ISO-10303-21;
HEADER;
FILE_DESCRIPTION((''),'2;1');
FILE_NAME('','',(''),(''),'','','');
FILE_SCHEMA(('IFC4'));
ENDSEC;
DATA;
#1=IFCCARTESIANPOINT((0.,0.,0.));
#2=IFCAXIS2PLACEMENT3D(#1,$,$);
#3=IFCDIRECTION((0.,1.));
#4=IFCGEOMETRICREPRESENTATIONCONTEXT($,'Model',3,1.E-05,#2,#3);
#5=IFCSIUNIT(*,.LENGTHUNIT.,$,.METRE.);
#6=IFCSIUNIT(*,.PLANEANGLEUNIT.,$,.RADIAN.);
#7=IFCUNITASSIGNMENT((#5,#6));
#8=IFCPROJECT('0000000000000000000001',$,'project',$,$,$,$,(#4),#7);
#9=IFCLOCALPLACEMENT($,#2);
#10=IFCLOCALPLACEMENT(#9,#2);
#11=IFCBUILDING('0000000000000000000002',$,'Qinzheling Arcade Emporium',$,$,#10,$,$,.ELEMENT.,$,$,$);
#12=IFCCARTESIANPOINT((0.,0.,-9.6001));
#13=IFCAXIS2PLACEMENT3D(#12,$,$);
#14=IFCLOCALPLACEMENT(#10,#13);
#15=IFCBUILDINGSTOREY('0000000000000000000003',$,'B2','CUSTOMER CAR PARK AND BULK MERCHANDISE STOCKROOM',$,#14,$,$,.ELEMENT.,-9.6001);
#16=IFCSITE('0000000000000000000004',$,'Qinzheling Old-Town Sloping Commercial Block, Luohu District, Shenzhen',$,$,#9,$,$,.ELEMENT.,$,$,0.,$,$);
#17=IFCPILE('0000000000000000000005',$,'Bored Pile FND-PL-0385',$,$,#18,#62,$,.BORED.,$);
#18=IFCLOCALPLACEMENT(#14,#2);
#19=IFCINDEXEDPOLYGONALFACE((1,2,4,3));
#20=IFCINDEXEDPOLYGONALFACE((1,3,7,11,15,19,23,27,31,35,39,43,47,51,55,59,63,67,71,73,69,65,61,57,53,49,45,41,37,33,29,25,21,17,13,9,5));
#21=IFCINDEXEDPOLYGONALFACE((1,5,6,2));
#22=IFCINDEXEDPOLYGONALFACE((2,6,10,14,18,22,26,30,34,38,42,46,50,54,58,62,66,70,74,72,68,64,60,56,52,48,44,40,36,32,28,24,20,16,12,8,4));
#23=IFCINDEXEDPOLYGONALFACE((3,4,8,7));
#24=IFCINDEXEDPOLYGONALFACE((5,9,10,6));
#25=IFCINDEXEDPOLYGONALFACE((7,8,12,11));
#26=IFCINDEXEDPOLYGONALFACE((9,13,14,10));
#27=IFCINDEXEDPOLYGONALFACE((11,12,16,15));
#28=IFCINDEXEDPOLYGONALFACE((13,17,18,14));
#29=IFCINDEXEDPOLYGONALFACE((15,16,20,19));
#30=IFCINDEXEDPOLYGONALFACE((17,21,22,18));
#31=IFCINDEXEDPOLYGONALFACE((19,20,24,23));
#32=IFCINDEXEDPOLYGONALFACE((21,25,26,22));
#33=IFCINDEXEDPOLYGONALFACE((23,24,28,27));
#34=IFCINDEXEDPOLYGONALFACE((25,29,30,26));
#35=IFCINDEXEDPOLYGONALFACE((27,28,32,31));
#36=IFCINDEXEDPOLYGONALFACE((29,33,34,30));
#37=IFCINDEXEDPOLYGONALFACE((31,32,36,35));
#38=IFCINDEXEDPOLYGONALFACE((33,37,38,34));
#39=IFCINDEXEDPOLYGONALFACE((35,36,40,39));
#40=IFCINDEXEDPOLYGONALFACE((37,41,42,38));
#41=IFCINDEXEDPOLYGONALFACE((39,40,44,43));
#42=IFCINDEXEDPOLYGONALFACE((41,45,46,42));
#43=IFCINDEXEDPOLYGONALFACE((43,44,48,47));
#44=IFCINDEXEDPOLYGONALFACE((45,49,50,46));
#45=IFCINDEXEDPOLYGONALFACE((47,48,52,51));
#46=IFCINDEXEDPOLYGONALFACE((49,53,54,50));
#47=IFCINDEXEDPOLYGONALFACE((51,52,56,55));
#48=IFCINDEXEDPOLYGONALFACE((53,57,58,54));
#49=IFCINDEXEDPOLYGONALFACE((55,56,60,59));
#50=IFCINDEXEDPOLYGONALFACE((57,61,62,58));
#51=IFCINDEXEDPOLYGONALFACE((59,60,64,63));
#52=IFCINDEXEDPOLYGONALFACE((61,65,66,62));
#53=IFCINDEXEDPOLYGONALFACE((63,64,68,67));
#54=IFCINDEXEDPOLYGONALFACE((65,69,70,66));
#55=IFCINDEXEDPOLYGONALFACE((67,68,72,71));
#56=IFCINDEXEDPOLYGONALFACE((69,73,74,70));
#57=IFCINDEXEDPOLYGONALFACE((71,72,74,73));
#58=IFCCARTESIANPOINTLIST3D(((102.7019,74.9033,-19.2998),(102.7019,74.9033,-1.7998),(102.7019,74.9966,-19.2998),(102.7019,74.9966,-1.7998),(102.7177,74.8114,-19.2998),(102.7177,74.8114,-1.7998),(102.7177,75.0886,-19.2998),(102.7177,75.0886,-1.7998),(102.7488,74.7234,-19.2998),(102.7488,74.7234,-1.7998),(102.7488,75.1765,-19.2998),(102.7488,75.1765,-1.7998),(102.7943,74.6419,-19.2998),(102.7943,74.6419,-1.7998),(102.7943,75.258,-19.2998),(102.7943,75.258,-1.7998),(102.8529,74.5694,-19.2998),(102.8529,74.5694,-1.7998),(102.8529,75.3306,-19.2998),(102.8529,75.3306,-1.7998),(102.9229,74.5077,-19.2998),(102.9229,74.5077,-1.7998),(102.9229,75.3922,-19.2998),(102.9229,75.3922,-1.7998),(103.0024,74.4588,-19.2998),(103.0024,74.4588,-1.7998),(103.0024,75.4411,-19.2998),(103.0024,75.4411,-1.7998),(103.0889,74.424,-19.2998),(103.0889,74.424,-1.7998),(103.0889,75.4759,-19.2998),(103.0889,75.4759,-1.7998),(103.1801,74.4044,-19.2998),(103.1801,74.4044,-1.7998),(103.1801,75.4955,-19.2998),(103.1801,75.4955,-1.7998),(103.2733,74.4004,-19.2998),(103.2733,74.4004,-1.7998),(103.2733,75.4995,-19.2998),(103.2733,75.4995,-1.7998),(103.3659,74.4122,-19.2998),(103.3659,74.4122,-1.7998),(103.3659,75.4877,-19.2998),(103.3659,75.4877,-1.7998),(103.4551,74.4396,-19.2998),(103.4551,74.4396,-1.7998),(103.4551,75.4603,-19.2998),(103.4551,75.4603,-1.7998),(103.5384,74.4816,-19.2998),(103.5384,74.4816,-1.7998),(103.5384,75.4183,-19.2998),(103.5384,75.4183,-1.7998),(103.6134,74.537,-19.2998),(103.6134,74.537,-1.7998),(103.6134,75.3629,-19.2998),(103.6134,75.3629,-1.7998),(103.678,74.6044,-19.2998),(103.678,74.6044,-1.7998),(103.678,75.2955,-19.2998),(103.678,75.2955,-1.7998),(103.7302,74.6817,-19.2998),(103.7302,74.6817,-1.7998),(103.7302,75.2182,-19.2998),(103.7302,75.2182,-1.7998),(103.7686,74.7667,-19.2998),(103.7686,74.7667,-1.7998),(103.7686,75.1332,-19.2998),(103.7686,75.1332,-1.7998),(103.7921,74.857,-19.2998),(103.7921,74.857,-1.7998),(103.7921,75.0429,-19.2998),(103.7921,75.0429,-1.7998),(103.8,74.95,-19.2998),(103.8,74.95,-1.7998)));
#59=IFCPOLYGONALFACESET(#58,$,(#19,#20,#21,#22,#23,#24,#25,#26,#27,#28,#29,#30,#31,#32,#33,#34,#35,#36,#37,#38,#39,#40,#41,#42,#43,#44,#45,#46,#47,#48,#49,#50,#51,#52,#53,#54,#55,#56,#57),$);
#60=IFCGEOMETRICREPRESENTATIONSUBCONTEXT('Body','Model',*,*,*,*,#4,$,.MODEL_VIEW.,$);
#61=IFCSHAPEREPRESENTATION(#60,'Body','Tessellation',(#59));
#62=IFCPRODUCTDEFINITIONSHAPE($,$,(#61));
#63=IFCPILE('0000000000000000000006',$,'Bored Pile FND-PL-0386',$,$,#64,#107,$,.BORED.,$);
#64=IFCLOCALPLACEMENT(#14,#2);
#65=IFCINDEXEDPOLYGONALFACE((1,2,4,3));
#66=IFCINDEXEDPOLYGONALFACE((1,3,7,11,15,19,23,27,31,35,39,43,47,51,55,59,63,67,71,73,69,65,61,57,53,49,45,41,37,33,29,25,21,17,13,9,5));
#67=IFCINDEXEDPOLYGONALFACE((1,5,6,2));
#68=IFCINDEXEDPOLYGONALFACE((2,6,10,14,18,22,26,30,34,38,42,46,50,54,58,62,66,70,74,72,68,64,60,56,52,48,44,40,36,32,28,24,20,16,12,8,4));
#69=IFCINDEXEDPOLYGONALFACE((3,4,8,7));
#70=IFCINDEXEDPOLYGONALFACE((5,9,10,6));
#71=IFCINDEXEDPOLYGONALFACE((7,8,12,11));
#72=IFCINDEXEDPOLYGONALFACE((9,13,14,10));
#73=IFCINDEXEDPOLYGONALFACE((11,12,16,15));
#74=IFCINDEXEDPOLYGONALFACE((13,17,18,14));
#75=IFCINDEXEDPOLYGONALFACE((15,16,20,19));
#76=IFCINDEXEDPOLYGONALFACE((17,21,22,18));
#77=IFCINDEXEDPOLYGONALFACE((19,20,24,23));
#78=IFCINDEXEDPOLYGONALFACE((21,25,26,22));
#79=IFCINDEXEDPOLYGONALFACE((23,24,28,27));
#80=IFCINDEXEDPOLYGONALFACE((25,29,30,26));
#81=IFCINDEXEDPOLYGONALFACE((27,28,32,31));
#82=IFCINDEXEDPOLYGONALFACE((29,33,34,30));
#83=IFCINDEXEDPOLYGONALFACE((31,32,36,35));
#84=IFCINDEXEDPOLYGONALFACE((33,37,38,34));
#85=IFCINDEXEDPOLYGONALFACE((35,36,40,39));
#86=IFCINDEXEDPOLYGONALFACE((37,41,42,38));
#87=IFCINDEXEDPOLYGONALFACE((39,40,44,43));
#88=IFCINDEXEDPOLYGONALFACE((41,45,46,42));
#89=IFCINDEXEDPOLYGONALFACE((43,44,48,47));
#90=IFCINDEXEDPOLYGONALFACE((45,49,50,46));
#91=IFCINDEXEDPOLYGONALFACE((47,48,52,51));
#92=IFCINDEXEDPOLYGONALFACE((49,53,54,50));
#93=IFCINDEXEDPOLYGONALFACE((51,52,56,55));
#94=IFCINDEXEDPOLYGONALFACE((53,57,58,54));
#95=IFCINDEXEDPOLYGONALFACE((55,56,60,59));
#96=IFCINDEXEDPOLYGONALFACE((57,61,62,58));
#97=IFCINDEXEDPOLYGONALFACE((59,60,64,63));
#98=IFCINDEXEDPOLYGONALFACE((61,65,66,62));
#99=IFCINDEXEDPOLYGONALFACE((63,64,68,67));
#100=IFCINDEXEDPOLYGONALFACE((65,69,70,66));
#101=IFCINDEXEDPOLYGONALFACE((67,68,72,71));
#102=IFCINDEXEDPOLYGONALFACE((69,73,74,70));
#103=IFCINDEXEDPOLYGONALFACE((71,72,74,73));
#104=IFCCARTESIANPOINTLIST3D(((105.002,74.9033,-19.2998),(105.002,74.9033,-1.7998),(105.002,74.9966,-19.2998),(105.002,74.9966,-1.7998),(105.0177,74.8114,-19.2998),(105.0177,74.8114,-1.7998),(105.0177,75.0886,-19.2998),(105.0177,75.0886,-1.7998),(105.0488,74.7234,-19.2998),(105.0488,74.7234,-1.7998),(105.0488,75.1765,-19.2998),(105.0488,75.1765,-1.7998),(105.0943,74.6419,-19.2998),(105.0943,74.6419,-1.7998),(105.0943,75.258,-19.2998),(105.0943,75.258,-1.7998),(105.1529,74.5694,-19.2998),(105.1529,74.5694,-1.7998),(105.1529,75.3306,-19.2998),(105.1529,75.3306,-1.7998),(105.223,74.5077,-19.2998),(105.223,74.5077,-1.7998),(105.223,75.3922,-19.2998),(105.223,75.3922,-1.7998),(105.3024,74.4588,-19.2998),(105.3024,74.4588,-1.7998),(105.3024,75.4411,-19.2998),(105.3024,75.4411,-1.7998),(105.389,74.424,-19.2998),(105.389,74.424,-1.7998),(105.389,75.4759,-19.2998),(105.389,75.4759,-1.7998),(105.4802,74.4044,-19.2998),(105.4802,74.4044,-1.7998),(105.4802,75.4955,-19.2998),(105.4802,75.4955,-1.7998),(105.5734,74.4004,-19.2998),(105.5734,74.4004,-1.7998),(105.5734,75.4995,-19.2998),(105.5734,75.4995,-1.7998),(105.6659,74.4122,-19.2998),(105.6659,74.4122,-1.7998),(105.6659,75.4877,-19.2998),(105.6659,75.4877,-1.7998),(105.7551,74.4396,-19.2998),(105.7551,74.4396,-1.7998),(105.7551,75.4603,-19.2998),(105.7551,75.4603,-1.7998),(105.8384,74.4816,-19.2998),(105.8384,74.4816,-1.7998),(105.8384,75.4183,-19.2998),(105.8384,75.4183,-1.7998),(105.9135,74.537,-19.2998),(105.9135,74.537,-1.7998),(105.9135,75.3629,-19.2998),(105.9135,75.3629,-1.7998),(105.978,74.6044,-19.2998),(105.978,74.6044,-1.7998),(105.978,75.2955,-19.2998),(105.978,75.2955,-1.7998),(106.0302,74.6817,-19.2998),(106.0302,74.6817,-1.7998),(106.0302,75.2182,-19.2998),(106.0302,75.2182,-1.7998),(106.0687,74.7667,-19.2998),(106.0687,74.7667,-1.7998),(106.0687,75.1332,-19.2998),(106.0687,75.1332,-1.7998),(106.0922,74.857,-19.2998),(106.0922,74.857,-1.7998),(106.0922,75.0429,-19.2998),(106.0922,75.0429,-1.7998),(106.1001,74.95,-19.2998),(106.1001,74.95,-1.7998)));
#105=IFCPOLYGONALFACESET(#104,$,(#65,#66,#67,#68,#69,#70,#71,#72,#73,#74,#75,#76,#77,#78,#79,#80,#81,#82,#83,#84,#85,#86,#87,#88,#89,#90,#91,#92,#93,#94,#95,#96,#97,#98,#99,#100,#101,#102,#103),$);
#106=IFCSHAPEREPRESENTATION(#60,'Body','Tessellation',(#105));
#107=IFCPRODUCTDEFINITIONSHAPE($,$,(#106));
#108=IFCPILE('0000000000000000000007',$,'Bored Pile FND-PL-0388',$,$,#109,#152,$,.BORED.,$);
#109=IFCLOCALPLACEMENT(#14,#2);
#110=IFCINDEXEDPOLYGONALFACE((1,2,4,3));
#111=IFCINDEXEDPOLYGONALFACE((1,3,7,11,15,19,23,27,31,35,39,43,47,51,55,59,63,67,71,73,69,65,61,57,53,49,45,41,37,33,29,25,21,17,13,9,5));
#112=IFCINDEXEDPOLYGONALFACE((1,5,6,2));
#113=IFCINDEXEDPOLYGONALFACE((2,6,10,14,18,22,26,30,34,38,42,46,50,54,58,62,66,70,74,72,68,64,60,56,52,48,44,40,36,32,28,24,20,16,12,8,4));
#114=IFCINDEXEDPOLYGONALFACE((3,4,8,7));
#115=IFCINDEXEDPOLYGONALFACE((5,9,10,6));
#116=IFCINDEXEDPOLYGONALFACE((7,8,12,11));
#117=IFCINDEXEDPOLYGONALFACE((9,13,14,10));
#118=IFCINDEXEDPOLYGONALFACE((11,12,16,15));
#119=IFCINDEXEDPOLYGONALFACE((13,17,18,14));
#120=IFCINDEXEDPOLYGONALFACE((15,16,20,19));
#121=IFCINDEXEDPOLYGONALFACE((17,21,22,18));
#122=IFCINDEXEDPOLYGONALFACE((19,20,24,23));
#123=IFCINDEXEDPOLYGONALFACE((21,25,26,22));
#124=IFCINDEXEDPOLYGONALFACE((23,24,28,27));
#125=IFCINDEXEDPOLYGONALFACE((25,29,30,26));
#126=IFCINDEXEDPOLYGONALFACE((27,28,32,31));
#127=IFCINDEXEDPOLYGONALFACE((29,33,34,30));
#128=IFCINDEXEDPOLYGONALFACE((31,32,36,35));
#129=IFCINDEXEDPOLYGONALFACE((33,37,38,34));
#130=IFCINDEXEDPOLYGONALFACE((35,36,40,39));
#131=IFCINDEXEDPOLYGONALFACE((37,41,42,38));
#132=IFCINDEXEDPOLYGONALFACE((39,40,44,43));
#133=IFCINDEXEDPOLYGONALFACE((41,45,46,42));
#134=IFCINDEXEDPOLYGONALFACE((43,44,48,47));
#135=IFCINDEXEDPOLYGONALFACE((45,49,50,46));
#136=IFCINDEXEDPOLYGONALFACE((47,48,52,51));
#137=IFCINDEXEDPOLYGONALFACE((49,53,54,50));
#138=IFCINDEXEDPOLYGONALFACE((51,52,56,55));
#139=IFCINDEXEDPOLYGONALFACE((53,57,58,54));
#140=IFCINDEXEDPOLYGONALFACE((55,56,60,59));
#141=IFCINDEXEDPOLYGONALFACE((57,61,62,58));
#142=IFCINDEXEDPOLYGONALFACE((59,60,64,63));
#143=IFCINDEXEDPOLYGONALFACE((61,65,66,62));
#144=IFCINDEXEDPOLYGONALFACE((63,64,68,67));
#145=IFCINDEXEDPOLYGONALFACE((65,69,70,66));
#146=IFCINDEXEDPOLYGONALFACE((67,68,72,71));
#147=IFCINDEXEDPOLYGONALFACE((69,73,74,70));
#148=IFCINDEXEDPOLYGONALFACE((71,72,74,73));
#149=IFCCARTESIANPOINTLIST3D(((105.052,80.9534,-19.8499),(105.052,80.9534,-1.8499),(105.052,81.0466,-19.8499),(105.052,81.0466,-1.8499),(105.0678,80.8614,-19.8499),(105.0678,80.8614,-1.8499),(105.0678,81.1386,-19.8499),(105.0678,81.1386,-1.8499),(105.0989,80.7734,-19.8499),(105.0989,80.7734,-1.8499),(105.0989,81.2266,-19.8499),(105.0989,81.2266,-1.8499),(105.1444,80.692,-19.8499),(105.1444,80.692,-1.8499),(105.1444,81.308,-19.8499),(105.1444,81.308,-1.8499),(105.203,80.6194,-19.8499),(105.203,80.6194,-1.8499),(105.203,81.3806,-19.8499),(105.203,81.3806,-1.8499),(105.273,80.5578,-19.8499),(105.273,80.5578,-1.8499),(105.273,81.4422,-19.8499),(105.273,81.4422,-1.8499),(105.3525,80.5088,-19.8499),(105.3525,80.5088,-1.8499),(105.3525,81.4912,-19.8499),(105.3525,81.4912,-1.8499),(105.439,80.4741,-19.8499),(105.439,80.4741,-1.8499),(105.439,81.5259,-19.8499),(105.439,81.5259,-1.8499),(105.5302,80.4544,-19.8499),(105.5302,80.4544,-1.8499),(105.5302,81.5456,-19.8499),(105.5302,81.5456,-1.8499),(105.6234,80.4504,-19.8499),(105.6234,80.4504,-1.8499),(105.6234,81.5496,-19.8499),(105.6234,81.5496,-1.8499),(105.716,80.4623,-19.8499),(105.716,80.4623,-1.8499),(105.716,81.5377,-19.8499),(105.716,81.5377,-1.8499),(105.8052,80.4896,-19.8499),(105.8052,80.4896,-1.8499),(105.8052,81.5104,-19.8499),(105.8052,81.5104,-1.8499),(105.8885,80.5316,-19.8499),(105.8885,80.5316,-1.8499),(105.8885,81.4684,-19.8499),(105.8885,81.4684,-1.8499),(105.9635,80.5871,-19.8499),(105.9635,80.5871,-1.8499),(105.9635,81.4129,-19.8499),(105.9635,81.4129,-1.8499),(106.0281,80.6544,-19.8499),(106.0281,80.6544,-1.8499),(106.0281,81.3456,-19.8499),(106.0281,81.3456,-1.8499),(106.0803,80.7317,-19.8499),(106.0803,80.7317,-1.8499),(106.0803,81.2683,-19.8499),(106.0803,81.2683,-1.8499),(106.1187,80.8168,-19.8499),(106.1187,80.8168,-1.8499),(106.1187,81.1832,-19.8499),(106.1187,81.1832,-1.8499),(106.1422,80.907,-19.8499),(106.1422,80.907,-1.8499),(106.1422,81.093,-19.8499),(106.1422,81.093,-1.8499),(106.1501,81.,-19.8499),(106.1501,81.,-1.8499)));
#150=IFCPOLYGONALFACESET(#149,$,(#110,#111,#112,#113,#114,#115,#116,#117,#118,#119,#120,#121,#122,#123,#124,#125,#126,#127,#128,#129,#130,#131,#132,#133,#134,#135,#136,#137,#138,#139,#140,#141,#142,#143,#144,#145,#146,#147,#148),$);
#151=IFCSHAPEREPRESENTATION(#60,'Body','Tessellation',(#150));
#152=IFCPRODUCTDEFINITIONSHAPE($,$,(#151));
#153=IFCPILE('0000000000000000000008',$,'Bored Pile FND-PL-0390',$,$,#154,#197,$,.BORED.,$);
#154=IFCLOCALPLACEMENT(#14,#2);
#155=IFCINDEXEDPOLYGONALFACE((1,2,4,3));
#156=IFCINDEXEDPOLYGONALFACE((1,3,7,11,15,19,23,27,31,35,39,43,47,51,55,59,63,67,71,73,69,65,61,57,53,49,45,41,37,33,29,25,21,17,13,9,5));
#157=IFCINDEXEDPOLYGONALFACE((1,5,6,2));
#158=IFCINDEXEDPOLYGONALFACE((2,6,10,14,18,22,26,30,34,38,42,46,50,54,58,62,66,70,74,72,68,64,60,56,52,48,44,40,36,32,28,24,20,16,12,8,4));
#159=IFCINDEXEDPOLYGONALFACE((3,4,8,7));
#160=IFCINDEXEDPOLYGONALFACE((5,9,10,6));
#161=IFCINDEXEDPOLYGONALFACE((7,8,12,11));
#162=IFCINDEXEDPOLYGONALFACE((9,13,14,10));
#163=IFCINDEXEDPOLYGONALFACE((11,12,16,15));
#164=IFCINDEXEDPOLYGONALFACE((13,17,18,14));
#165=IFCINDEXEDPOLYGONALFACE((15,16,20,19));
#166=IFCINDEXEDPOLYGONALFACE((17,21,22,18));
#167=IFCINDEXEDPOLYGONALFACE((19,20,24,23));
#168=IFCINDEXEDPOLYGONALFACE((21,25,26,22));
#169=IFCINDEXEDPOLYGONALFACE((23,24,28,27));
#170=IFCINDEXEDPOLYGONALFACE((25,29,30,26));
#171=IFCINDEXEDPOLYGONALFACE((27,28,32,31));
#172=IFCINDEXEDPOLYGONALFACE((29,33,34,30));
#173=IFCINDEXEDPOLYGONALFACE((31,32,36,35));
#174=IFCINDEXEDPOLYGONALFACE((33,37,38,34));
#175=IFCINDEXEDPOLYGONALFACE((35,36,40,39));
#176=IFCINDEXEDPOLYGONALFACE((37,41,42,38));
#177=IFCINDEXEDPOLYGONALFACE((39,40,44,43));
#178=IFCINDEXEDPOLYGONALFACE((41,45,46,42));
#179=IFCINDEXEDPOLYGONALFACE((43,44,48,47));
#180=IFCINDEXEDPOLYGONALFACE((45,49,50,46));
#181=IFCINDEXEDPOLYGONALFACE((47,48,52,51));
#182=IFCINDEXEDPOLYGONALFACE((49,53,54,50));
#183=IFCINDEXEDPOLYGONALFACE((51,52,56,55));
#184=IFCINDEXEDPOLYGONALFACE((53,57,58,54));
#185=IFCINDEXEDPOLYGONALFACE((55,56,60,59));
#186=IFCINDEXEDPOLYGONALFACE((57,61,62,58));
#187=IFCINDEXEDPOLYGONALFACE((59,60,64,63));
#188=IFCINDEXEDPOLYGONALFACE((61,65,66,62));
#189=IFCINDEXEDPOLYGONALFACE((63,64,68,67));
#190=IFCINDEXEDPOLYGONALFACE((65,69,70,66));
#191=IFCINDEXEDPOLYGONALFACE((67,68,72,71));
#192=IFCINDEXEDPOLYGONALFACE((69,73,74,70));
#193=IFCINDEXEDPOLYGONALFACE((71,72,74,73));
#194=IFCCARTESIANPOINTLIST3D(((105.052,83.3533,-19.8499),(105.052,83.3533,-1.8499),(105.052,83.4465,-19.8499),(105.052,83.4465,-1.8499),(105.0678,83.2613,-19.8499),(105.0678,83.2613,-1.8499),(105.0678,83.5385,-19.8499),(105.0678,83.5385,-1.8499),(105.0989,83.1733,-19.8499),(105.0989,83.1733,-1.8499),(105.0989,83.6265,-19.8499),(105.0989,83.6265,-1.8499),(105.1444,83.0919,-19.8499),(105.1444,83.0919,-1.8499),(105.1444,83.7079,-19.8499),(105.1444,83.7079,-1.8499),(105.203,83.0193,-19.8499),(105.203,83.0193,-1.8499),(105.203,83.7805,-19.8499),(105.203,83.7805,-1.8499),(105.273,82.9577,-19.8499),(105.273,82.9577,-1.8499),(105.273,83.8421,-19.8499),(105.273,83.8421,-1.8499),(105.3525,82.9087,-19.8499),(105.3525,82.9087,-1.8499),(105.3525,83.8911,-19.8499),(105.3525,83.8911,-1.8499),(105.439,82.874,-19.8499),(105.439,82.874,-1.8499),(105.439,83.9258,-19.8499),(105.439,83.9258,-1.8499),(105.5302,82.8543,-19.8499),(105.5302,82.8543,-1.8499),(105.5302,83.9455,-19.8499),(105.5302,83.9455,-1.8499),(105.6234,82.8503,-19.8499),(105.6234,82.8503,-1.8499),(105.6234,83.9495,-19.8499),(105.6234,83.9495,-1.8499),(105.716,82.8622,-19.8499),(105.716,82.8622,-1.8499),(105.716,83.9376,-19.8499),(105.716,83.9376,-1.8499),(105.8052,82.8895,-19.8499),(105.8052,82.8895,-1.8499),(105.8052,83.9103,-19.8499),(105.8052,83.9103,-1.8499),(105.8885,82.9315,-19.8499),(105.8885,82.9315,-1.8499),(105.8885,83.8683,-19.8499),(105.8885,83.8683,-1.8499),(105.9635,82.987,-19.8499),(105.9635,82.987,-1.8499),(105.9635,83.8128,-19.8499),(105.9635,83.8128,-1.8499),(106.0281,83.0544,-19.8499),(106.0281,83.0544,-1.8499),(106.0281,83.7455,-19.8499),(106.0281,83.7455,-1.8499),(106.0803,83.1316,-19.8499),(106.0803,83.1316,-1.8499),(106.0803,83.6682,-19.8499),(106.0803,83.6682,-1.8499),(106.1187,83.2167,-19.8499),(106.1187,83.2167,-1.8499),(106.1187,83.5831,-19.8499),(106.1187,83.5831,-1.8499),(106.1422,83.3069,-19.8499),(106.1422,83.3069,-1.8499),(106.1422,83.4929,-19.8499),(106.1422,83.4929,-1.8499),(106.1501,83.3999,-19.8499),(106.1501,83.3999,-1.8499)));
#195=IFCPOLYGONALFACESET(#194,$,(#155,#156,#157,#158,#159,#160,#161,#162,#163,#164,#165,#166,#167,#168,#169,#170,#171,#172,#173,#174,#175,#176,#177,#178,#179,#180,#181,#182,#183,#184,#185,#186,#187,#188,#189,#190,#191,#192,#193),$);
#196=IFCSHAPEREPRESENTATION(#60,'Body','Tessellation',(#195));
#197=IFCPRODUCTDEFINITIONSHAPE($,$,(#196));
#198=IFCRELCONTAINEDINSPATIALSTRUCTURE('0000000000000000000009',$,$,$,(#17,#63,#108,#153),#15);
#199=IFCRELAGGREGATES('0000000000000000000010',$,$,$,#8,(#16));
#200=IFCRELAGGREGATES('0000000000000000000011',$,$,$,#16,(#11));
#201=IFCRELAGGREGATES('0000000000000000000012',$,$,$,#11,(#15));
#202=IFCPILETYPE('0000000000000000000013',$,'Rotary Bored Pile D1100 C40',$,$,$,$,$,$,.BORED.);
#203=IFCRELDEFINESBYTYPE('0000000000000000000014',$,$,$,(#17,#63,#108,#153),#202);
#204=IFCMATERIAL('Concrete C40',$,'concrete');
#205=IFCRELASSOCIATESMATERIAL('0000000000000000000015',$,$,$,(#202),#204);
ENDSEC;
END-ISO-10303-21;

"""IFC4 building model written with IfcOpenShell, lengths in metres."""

from ifc_helpers import new_model, si_unit, direction, frame, origin, origin_2d, place, context, subcontext, project, spatial, circle, extrude, material, material_profile, profile_set, type_object, element, save


model = new_model("IFC4")

# Units and contexts
model_context = context("Model", 3, precision=1e-05, world=origin(), true_north=direction((0.0, 1.0)))
body_context = subcontext(model_context, "Body", "Model", "MODEL_VIEW")
ifc_project = project(units=[si_unit("LENGTHUNIT", "METRE"), si_unit("PLANEANGLEUNIT", "RADIAN")], contexts=[model_context])

# Site, building, storey
site_placement = place(None, origin())
site = spatial("IfcSite", under=ifc_project, at=site_placement, Name="Qinzheling Old-Town Sloping Commercial Block, Luohu District, Shenzhen", CompositionType="ELEMENT", RefElevation=0.0)
building_placement = place(site_placement, origin())
building = spatial("IfcBuilding", under=site, at=building_placement, Name="Qinzheling Arcade Emporium", CompositionType="ELEMENT")
storey_placement = place(building_placement, frame((0.0, 0.0, -9.6001)))
storey = spatial("IfcBuildingStorey", under=building, at=storey_placement, Name="B2", Description="CUSTOMER CAR PARK AND BULK MERCHANDISE STOCKROOM", CompositionType="ELEMENT", Elevation=-9.6001)

# Shared definitions
ifc_material_1 = material(Name="Concrete C40", Category="concrete")

# Piles
ifc_material_profile_1 = material_profile(ifc_material_1, circle(Radius=0.55, at=origin_2d()), Name="BORED D1100", Category="concrete")
ifc_profile_set_1 = profile_set([ifc_material_profile_1], Name="Concrete C40")
pile_type_1 = type_object("IfcPileType", Name="Rotary Bored Pile D1100 C40", PredefinedType="BORED", material=ifc_profile_set_1)
for number, where, z_axis, x_axis, name in (
    (1, (103.25, 74.95, -1.7998), (0.0, 0.0, -1.0), (1.0, 0.0, 0.0), "Bored Pile FND-PL-0385"),
    (2, (105.55, 74.95, -1.7998), (0.0, 0.0, -1.0), (1.0, 0.0, 0.0), "Bored Pile FND-PL-0386"),
):
    element("IfcPile", number, at=place(storey_placement, frame(where, z_axis=z_axis, x_axis=x_axis)), inside=storey, type_object=pile_type_1, Name=name, PredefinedType="BORED", context=body_context, shape_type="SweptSolid", body=[
        extrude(circle(Radius=0.55, at=origin_2d()), origin(), (0.0, 0.0, 1.0), 17.5),
    ])
for number, where, z_axis, x_axis, name in (
    (3, (105.6001, 81.0, -1.8499), (0.0, 0.0, -1.0), (1.0, 0.0, 0.0), "Bored Pile FND-PL-0388"),
    (4, (105.6001, 83.3999, -1.8499), (0.0, 0.0, -1.0), (1.0, 0.0, 0.0), "Bored Pile FND-PL-0390"),
):
    element("IfcPile", number, at=place(storey_placement, frame(where, z_axis=z_axis, x_axis=x_axis)), inside=storey, type_object=pile_type_1, Name=name, PredefinedType="BORED", context=body_context, shape_type="SweptSolid", body=[
        extrude(circle(Radius=0.55, at=origin_2d()), origin(), (0.0, 0.0, 1.0), 18.0),
    ])

save(model, "model.ifc")
